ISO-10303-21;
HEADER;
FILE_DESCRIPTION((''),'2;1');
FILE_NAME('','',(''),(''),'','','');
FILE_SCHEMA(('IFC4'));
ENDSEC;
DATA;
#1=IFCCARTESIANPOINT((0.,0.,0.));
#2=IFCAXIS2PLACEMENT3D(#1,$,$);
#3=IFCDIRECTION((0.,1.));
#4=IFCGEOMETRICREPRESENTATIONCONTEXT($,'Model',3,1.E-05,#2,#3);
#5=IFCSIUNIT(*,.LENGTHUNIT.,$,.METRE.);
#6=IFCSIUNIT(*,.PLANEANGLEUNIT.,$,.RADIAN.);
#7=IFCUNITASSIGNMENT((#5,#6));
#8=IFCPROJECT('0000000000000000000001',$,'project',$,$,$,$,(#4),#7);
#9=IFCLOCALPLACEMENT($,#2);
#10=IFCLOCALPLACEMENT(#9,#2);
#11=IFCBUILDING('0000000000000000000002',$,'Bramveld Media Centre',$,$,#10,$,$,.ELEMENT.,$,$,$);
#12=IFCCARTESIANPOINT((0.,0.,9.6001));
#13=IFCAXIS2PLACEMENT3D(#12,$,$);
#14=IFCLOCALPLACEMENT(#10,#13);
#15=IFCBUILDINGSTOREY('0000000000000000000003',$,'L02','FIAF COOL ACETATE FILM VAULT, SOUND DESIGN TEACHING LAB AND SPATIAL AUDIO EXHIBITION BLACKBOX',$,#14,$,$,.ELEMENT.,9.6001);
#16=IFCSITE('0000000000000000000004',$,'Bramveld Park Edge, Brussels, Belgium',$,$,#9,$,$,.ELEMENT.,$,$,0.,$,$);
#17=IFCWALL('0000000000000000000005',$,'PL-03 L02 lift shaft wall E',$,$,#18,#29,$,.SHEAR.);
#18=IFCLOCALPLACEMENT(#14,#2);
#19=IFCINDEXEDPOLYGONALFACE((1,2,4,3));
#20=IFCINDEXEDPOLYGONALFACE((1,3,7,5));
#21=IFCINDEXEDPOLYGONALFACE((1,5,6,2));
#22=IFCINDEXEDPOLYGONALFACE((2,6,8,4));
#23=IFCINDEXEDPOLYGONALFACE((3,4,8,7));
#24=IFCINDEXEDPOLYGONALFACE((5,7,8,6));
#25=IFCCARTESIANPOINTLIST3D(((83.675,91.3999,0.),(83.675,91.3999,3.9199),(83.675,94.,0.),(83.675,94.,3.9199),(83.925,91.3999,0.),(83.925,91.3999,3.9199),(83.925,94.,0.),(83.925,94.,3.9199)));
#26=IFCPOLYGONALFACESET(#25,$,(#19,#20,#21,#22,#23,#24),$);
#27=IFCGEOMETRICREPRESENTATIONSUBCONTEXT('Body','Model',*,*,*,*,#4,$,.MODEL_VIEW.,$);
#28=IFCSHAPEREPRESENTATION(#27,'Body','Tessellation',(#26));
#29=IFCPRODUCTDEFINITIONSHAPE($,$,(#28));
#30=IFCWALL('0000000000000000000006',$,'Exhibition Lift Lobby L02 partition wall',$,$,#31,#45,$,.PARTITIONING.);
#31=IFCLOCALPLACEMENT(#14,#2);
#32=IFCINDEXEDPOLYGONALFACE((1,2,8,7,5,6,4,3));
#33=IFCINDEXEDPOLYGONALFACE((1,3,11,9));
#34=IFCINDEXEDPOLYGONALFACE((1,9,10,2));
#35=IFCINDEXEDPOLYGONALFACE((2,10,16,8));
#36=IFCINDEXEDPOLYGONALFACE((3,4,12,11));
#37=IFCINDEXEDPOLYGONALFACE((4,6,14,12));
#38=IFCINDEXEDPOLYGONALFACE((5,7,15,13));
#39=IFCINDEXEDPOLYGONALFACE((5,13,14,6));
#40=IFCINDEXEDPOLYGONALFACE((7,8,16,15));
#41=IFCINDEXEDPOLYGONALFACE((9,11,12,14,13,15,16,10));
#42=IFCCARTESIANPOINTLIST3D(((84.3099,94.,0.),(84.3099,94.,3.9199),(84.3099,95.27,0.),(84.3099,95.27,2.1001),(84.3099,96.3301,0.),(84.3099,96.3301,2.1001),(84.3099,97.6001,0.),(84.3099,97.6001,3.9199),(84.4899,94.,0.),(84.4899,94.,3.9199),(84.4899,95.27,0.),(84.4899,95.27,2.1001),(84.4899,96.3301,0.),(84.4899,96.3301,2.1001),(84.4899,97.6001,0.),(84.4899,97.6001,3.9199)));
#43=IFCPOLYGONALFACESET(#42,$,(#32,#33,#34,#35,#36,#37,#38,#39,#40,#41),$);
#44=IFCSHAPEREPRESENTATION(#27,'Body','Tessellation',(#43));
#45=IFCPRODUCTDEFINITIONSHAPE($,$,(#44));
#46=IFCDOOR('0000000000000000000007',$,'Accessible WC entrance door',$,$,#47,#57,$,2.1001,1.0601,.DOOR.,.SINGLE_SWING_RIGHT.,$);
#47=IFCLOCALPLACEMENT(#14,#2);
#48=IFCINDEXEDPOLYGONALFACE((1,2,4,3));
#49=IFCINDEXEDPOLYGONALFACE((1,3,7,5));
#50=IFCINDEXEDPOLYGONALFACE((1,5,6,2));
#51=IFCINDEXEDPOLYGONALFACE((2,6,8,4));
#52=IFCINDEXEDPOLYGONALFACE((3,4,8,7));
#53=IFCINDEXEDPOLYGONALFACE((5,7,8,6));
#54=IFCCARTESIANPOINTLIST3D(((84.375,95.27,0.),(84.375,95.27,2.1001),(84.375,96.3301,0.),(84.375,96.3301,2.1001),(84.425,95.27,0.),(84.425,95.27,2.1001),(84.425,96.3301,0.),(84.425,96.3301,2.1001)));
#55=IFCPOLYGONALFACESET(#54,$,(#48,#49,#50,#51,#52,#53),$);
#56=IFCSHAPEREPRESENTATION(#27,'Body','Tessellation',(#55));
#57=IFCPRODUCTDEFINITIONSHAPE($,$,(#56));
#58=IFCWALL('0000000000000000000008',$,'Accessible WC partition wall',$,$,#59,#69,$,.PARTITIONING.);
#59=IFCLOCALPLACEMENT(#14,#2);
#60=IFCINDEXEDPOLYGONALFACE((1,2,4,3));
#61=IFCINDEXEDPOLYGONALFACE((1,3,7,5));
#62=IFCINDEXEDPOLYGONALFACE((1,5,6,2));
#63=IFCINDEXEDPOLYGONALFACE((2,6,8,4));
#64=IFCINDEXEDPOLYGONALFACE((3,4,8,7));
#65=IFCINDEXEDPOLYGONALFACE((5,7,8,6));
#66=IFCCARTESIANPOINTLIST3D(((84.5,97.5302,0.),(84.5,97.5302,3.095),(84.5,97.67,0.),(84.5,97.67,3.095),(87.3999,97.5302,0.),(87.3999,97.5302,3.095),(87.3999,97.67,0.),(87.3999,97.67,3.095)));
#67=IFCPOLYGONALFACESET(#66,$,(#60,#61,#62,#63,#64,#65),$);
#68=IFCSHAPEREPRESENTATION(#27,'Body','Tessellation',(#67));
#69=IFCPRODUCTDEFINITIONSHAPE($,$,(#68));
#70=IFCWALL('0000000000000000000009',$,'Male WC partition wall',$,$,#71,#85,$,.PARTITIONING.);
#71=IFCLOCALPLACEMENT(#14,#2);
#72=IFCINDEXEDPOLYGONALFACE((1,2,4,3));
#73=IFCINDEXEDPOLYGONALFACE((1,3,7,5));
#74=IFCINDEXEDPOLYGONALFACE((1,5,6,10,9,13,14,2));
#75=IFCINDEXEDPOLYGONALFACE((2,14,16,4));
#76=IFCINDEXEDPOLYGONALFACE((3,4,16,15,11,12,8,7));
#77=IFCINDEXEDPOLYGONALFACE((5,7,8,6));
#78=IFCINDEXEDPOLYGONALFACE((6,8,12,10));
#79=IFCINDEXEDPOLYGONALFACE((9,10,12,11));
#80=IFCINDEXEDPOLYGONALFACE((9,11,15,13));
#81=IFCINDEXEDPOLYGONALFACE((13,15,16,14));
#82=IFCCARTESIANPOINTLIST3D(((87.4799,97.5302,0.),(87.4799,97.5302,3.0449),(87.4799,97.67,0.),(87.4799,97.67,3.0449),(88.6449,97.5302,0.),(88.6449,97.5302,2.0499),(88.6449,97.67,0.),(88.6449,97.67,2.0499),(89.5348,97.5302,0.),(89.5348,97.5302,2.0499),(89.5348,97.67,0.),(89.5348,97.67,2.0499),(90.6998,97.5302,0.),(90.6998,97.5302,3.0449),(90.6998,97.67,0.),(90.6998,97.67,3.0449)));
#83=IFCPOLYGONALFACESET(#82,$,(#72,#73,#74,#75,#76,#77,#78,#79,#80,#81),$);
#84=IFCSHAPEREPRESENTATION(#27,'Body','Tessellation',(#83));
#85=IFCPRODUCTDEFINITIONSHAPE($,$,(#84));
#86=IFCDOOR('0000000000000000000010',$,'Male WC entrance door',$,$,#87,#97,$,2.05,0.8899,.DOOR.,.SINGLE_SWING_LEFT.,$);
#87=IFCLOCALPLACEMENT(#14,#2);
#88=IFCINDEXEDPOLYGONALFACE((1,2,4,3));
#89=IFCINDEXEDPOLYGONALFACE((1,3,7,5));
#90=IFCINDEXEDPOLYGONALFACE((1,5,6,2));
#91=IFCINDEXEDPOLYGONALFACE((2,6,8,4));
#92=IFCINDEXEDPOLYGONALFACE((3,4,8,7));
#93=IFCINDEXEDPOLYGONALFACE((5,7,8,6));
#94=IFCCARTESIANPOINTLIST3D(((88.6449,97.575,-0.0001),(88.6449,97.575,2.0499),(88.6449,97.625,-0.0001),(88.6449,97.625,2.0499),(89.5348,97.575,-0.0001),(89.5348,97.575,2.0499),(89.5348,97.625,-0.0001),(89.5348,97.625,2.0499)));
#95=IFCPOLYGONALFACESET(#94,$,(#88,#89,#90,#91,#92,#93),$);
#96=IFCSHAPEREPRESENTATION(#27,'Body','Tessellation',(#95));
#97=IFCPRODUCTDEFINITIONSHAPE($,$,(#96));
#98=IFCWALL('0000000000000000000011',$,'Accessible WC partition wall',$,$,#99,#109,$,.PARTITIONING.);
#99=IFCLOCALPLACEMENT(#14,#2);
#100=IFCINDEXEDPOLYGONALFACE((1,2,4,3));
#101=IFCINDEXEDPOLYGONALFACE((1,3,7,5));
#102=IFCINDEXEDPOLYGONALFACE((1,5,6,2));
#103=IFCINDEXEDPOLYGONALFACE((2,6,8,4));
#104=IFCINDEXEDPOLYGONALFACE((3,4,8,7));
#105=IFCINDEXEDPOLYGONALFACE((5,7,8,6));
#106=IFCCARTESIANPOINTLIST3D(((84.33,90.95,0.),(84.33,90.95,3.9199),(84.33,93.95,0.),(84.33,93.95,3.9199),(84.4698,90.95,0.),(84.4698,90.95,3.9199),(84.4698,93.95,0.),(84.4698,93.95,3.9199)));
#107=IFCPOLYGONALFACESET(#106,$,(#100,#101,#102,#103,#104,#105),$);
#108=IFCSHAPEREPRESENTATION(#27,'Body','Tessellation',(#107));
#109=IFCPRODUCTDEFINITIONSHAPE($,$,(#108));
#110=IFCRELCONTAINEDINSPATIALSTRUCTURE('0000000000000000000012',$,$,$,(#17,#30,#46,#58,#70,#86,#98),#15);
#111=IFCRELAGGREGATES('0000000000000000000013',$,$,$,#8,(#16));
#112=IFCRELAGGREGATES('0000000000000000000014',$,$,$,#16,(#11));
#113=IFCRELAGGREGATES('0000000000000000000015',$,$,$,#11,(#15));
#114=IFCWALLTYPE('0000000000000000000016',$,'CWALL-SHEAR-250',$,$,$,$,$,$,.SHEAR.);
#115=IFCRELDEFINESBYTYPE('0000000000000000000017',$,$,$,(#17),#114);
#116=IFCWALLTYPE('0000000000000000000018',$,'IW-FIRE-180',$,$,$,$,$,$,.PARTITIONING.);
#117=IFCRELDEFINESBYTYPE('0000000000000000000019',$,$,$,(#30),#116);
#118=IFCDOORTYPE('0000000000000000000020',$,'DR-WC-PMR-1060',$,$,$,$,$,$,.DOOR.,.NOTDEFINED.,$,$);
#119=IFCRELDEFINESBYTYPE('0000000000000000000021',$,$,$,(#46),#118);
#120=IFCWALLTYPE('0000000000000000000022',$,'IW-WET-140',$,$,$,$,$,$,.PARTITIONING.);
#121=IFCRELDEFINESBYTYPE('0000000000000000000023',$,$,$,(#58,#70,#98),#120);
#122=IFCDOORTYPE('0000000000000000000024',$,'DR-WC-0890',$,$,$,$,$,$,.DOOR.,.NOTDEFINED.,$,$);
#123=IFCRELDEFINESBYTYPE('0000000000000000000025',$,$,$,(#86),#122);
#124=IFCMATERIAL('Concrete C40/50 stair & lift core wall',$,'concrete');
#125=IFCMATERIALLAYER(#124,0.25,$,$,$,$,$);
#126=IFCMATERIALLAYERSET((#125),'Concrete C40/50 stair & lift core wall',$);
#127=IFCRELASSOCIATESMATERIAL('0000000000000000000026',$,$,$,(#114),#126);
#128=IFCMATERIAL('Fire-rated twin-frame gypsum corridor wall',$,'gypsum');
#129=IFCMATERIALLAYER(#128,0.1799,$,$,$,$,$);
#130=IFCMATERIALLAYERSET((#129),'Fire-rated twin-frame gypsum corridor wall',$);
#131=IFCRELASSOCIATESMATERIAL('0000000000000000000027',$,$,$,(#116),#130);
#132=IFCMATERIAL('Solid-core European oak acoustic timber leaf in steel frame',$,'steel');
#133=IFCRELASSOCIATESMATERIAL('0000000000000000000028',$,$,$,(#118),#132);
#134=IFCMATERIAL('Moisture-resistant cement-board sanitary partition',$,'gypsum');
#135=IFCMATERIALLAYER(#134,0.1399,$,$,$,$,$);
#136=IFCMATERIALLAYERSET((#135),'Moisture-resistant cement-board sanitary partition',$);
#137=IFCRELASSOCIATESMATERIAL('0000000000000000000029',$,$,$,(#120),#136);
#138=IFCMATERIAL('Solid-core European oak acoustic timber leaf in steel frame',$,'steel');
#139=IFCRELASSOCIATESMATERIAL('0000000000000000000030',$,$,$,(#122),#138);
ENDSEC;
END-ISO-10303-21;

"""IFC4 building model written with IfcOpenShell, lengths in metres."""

from ifc_helpers import new_model, si_unit, direction, frame, frame_2d, origin, place, context, subcontext, project, spatial, rectangle, extrude, material, layer, layer_set, type_object, element, fill, save


model = new_model("IFC4")

# Units and contexts
model_context = context("Model", 3, precision=1e-05, world=origin(), true_north=direction((0.0, 1.0)))
body_context = subcontext(model_context, "Body", "Model", "MODEL_VIEW")
ifc_project = project(units=[si_unit("LENGTHUNIT", "METRE"), si_unit("PLANEANGLEUNIT", "RADIAN")], contexts=[model_context])

# Site, building, storey
site_placement = place(None, origin())
site = spatial("IfcSite", under=ifc_project, at=site_placement, Name="Bramveld Park Edge, Brussels, Belgium", CompositionType="ELEMENT", RefElevation=0.0)
building_placement = place(site_placement, origin())
building = spatial("IfcBuilding", under=site, at=building_placement, Name="Bramveld Media Centre", CompositionType="ELEMENT")
storey_placement = place(building_placement, frame((0.0, 0.0, 9.6001)))
storey = spatial("IfcBuildingStorey", under=building, at=storey_placement, Name="L02", Description="FIAF COOL ACETATE FILM VAULT, SOUND DESIGN TEACHING LAB AND SPATIAL AUDIO EXHIBITION BLACKBOX", CompositionType="ELEMENT", Elevation=9.6001)

# Shared definitions
ifc_material_1 = material(Name="Concrete C40/50 stair & lift core wall", Category="concrete")
ifc_layer_1 = layer(ifc_material_1, 0.25)
ifc_layer_set_1 = layer_set([ifc_layer_1], Name="Concrete C40/50 stair & lift core wall")
wall_type_1 = type_object("IfcWallType", Name="CWALL-SHEAR-250", PredefinedType="SHEAR", material=ifc_layer_set_1)

# Wall
for number, where, z_axis, x_axis, name in (
    (1, (83.8, 91.3999, 0.0), (0.0, 0.0, 1.0), (0.0, 1.0, 0.0), "PL-03 L02 lift shaft wall E"),
):
    element("IfcWall", number, at=place(storey_placement, frame(where, z_axis=z_axis, x_axis=x_axis)), inside=storey, type_object=wall_type_1, Name=name, PredefinedType="SHEAR", context=body_context, shape_type="SweptSolid", body=[
        extrude(rectangle(XDim=2.6001, YDim=0.25, at=frame_2d((1.3, 0.0))), origin(), (0.0, 0.0, 1.0), 3.9199),
    ])

# Wall, opening, door
ifc_material_2 = material(Name="Fire-rated twin-frame gypsum corridor wall", Category="gypsum")
ifc_layer_2 = layer(ifc_material_2, 0.1799)
ifc_layer_set_2 = layer_set([ifc_layer_2], Name="Fire-rated twin-frame gypsum corridor wall")
wall_type_2 = type_object("IfcWallType", Name="IW-FIRE-180", PredefinedType="PARTITIONING", material=ifc_layer_set_2)
wall_1_placement = place(storey_placement, frame((84.3999, 94.0, 0.0), z_axis=(0.0, 0.0, 1.0), x_axis=(0.0, 1.0, 0.0)))
wall_1 = element("IfcWall", 2, at=wall_1_placement, inside=storey, type_object=wall_type_2, Name="Exhibition Lift Lobby L02 partition wall", PredefinedType="PARTITIONING", context=body_context, shape_type="SweptSolid", body=[
    extrude(rectangle(XDim=3.6001, YDim=0.1799, at=frame_2d((1.8, 0.0))), origin(), (0.0, 0.0, 1.0), 3.9199),
])
opening_1_placement = place(wall_1_placement, frame((1.27, 0.0, 0.0)))
opening_1 = element("IfcOpeningElement", 3, at=opening_1_placement, cuts=wall_1, PredefinedType="OPENING", context=body_context, shape_type="SweptSolid", body=[
    extrude(rectangle(XDim=1.0601, YDim=2.1001, at=frame_2d((0.53, 1.05))), frame((0.0, 0.1021, 0.0), z_axis=(0.0, -1.0, 0.0), x_axis=(1.0, 0.0, 0.0)), (0.0, 0.0, 1.0), 0.2039),
])
ifc_material_3 = material(Name="Solid-core European oak acoustic timber leaf in steel frame", Category="steel")
door_type_1 = type_object("IfcDoorType", Name="DR-WC-PMR-1060", OperationType="NOTDEFINED", PredefinedType="DOOR", material=ifc_material_3)
door_1_placement = place(opening_1_placement, origin())
door_1 = element("IfcDoor", 4, at=door_1_placement, inside=storey, type_object=door_type_1, Name="Accessible WC entrance door", OperationType="SINGLE_SWING_RIGHT", OverallHeight=2.1001, OverallWidth=1.0601, PredefinedType="DOOR", context=body_context, shape_type="SweptSolid", body=[
    extrude(rectangle(XDim=1.0601, YDim=2.1001, at=frame_2d((0.53, 1.05))), frame((0.0, 0.0249, 0.0), z_axis=(0.0, -1.0, 0.0), x_axis=(1.0, 0.0, 0.0)), (0.0, 0.0, 1.0), 0.05),
])
fill(opening_1, door_1)

# Wall
ifc_material_4 = material(Name="Moisture-resistant cement-board sanitary partition", Category="gypsum")
ifc_layer_3 = layer(ifc_material_4, 0.1399)
ifc_layer_set_3 = layer_set([ifc_layer_3], Name="Moisture-resistant cement-board sanitary partition")
wall_type_3 = type_object("IfcWallType", Name="IW-WET-140", PredefinedType="PARTITIONING", material=ifc_layer_set_3)
wall_2_placement = place(storey_placement, frame((84.5, 97.6001, 0.0), z_axis=(0.0, 0.0, 1.0), x_axis=(1.0, 0.0, 0.0)))
element("IfcWall", 5, at=wall_2_placement, inside=storey, type_object=wall_type_3, Name="Accessible WC partition wall", PredefinedType="PARTITIONING", context=body_context, shape_type="SweptSolid", body=[
    extrude(rectangle(XDim=2.8999, YDim=0.1399, at=frame_2d((1.45, 0.0))), origin(), (0.0, 0.0, 1.0), 3.095),
])

# Wall, opening, door
wall_3_placement = place(storey_placement, frame((87.48, 97.6001, 0.0), z_axis=(0.0, 0.0, 1.0), x_axis=(1.0, 0.0, 0.0)))
wall_3 = element("IfcWall", 6, at=wall_3_placement, inside=storey, type_object=wall_type_3, Name="Male WC partition wall", PredefinedType="PARTITIONING", context=body_context, shape_type="SweptSolid", body=[
    extrude(rectangle(XDim=3.22, YDim=0.1399, at=frame_2d((1.6099, 0.0))), origin(), (0.0, 0.0, 1.0), 3.0449),
])
opening_2_placement = place(wall_3_placement, frame((1.165, 0.0, 0.0)))
opening_2 = element("IfcOpeningElement", 7, at=opening_2_placement, cuts=wall_3, PredefinedType="OPENING", context=body_context, shape_type="SweptSolid", body=[
    extrude(rectangle(XDim=0.8899, YDim=2.05, at=frame_2d((0.4448, 1.0249))), frame((0.0, 0.082, 0.0), z_axis=(0.0, -1.0, 0.0), x_axis=(1.0, 0.0, 0.0)), (0.0, 0.0, 1.0), 0.1638),
])
ifc_material_5 = material(Name="Solid-core European oak acoustic timber leaf in steel frame", Category="steel")
door_type_2 = type_object("IfcDoorType", Name="DR-WC-0890", OperationType="NOTDEFINED", PredefinedType="DOOR", material=ifc_material_5)
door_2_placement = place(opening_2_placement, origin())
door_2 = element("IfcDoor", 8, at=door_2_placement, inside=storey, type_object=door_type_2, Name="Male WC entrance door", OperationType="SINGLE_SWING_LEFT", OverallHeight=2.05, OverallWidth=0.8899, PredefinedType="DOOR", context=body_context, shape_type="SweptSolid", body=[
    extrude(rectangle(XDim=0.8899, YDim=2.05, at=frame_2d((0.4448, 1.0249))), frame((0.0, 0.0249, 0.0), z_axis=(0.0, -1.0, 0.0), x_axis=(1.0, 0.0, 0.0)), (0.0, 0.0, 1.0), 0.05),
])
fill(opening_2, door_2)

# Wall
wall_4_placement = place(storey_placement, frame((84.3999, 90.95, 0.0), z_axis=(0.0, 0.0, 1.0), x_axis=(0.0, 1.0, 0.0)))
element("IfcWall", 9, at=wall_4_placement, inside=storey, type_object=wall_type_3, Name="Accessible WC partition wall", PredefinedType="PARTITIONING", context=body_context, shape_type="SweptSolid", body=[
    extrude(rectangle(XDim=3.0, YDim=0.1399, at=frame_2d((1.5, 0.0))), origin(), (0.0, 0.0, 1.0), 3.9199),
])

save(model, "model.ifc")
